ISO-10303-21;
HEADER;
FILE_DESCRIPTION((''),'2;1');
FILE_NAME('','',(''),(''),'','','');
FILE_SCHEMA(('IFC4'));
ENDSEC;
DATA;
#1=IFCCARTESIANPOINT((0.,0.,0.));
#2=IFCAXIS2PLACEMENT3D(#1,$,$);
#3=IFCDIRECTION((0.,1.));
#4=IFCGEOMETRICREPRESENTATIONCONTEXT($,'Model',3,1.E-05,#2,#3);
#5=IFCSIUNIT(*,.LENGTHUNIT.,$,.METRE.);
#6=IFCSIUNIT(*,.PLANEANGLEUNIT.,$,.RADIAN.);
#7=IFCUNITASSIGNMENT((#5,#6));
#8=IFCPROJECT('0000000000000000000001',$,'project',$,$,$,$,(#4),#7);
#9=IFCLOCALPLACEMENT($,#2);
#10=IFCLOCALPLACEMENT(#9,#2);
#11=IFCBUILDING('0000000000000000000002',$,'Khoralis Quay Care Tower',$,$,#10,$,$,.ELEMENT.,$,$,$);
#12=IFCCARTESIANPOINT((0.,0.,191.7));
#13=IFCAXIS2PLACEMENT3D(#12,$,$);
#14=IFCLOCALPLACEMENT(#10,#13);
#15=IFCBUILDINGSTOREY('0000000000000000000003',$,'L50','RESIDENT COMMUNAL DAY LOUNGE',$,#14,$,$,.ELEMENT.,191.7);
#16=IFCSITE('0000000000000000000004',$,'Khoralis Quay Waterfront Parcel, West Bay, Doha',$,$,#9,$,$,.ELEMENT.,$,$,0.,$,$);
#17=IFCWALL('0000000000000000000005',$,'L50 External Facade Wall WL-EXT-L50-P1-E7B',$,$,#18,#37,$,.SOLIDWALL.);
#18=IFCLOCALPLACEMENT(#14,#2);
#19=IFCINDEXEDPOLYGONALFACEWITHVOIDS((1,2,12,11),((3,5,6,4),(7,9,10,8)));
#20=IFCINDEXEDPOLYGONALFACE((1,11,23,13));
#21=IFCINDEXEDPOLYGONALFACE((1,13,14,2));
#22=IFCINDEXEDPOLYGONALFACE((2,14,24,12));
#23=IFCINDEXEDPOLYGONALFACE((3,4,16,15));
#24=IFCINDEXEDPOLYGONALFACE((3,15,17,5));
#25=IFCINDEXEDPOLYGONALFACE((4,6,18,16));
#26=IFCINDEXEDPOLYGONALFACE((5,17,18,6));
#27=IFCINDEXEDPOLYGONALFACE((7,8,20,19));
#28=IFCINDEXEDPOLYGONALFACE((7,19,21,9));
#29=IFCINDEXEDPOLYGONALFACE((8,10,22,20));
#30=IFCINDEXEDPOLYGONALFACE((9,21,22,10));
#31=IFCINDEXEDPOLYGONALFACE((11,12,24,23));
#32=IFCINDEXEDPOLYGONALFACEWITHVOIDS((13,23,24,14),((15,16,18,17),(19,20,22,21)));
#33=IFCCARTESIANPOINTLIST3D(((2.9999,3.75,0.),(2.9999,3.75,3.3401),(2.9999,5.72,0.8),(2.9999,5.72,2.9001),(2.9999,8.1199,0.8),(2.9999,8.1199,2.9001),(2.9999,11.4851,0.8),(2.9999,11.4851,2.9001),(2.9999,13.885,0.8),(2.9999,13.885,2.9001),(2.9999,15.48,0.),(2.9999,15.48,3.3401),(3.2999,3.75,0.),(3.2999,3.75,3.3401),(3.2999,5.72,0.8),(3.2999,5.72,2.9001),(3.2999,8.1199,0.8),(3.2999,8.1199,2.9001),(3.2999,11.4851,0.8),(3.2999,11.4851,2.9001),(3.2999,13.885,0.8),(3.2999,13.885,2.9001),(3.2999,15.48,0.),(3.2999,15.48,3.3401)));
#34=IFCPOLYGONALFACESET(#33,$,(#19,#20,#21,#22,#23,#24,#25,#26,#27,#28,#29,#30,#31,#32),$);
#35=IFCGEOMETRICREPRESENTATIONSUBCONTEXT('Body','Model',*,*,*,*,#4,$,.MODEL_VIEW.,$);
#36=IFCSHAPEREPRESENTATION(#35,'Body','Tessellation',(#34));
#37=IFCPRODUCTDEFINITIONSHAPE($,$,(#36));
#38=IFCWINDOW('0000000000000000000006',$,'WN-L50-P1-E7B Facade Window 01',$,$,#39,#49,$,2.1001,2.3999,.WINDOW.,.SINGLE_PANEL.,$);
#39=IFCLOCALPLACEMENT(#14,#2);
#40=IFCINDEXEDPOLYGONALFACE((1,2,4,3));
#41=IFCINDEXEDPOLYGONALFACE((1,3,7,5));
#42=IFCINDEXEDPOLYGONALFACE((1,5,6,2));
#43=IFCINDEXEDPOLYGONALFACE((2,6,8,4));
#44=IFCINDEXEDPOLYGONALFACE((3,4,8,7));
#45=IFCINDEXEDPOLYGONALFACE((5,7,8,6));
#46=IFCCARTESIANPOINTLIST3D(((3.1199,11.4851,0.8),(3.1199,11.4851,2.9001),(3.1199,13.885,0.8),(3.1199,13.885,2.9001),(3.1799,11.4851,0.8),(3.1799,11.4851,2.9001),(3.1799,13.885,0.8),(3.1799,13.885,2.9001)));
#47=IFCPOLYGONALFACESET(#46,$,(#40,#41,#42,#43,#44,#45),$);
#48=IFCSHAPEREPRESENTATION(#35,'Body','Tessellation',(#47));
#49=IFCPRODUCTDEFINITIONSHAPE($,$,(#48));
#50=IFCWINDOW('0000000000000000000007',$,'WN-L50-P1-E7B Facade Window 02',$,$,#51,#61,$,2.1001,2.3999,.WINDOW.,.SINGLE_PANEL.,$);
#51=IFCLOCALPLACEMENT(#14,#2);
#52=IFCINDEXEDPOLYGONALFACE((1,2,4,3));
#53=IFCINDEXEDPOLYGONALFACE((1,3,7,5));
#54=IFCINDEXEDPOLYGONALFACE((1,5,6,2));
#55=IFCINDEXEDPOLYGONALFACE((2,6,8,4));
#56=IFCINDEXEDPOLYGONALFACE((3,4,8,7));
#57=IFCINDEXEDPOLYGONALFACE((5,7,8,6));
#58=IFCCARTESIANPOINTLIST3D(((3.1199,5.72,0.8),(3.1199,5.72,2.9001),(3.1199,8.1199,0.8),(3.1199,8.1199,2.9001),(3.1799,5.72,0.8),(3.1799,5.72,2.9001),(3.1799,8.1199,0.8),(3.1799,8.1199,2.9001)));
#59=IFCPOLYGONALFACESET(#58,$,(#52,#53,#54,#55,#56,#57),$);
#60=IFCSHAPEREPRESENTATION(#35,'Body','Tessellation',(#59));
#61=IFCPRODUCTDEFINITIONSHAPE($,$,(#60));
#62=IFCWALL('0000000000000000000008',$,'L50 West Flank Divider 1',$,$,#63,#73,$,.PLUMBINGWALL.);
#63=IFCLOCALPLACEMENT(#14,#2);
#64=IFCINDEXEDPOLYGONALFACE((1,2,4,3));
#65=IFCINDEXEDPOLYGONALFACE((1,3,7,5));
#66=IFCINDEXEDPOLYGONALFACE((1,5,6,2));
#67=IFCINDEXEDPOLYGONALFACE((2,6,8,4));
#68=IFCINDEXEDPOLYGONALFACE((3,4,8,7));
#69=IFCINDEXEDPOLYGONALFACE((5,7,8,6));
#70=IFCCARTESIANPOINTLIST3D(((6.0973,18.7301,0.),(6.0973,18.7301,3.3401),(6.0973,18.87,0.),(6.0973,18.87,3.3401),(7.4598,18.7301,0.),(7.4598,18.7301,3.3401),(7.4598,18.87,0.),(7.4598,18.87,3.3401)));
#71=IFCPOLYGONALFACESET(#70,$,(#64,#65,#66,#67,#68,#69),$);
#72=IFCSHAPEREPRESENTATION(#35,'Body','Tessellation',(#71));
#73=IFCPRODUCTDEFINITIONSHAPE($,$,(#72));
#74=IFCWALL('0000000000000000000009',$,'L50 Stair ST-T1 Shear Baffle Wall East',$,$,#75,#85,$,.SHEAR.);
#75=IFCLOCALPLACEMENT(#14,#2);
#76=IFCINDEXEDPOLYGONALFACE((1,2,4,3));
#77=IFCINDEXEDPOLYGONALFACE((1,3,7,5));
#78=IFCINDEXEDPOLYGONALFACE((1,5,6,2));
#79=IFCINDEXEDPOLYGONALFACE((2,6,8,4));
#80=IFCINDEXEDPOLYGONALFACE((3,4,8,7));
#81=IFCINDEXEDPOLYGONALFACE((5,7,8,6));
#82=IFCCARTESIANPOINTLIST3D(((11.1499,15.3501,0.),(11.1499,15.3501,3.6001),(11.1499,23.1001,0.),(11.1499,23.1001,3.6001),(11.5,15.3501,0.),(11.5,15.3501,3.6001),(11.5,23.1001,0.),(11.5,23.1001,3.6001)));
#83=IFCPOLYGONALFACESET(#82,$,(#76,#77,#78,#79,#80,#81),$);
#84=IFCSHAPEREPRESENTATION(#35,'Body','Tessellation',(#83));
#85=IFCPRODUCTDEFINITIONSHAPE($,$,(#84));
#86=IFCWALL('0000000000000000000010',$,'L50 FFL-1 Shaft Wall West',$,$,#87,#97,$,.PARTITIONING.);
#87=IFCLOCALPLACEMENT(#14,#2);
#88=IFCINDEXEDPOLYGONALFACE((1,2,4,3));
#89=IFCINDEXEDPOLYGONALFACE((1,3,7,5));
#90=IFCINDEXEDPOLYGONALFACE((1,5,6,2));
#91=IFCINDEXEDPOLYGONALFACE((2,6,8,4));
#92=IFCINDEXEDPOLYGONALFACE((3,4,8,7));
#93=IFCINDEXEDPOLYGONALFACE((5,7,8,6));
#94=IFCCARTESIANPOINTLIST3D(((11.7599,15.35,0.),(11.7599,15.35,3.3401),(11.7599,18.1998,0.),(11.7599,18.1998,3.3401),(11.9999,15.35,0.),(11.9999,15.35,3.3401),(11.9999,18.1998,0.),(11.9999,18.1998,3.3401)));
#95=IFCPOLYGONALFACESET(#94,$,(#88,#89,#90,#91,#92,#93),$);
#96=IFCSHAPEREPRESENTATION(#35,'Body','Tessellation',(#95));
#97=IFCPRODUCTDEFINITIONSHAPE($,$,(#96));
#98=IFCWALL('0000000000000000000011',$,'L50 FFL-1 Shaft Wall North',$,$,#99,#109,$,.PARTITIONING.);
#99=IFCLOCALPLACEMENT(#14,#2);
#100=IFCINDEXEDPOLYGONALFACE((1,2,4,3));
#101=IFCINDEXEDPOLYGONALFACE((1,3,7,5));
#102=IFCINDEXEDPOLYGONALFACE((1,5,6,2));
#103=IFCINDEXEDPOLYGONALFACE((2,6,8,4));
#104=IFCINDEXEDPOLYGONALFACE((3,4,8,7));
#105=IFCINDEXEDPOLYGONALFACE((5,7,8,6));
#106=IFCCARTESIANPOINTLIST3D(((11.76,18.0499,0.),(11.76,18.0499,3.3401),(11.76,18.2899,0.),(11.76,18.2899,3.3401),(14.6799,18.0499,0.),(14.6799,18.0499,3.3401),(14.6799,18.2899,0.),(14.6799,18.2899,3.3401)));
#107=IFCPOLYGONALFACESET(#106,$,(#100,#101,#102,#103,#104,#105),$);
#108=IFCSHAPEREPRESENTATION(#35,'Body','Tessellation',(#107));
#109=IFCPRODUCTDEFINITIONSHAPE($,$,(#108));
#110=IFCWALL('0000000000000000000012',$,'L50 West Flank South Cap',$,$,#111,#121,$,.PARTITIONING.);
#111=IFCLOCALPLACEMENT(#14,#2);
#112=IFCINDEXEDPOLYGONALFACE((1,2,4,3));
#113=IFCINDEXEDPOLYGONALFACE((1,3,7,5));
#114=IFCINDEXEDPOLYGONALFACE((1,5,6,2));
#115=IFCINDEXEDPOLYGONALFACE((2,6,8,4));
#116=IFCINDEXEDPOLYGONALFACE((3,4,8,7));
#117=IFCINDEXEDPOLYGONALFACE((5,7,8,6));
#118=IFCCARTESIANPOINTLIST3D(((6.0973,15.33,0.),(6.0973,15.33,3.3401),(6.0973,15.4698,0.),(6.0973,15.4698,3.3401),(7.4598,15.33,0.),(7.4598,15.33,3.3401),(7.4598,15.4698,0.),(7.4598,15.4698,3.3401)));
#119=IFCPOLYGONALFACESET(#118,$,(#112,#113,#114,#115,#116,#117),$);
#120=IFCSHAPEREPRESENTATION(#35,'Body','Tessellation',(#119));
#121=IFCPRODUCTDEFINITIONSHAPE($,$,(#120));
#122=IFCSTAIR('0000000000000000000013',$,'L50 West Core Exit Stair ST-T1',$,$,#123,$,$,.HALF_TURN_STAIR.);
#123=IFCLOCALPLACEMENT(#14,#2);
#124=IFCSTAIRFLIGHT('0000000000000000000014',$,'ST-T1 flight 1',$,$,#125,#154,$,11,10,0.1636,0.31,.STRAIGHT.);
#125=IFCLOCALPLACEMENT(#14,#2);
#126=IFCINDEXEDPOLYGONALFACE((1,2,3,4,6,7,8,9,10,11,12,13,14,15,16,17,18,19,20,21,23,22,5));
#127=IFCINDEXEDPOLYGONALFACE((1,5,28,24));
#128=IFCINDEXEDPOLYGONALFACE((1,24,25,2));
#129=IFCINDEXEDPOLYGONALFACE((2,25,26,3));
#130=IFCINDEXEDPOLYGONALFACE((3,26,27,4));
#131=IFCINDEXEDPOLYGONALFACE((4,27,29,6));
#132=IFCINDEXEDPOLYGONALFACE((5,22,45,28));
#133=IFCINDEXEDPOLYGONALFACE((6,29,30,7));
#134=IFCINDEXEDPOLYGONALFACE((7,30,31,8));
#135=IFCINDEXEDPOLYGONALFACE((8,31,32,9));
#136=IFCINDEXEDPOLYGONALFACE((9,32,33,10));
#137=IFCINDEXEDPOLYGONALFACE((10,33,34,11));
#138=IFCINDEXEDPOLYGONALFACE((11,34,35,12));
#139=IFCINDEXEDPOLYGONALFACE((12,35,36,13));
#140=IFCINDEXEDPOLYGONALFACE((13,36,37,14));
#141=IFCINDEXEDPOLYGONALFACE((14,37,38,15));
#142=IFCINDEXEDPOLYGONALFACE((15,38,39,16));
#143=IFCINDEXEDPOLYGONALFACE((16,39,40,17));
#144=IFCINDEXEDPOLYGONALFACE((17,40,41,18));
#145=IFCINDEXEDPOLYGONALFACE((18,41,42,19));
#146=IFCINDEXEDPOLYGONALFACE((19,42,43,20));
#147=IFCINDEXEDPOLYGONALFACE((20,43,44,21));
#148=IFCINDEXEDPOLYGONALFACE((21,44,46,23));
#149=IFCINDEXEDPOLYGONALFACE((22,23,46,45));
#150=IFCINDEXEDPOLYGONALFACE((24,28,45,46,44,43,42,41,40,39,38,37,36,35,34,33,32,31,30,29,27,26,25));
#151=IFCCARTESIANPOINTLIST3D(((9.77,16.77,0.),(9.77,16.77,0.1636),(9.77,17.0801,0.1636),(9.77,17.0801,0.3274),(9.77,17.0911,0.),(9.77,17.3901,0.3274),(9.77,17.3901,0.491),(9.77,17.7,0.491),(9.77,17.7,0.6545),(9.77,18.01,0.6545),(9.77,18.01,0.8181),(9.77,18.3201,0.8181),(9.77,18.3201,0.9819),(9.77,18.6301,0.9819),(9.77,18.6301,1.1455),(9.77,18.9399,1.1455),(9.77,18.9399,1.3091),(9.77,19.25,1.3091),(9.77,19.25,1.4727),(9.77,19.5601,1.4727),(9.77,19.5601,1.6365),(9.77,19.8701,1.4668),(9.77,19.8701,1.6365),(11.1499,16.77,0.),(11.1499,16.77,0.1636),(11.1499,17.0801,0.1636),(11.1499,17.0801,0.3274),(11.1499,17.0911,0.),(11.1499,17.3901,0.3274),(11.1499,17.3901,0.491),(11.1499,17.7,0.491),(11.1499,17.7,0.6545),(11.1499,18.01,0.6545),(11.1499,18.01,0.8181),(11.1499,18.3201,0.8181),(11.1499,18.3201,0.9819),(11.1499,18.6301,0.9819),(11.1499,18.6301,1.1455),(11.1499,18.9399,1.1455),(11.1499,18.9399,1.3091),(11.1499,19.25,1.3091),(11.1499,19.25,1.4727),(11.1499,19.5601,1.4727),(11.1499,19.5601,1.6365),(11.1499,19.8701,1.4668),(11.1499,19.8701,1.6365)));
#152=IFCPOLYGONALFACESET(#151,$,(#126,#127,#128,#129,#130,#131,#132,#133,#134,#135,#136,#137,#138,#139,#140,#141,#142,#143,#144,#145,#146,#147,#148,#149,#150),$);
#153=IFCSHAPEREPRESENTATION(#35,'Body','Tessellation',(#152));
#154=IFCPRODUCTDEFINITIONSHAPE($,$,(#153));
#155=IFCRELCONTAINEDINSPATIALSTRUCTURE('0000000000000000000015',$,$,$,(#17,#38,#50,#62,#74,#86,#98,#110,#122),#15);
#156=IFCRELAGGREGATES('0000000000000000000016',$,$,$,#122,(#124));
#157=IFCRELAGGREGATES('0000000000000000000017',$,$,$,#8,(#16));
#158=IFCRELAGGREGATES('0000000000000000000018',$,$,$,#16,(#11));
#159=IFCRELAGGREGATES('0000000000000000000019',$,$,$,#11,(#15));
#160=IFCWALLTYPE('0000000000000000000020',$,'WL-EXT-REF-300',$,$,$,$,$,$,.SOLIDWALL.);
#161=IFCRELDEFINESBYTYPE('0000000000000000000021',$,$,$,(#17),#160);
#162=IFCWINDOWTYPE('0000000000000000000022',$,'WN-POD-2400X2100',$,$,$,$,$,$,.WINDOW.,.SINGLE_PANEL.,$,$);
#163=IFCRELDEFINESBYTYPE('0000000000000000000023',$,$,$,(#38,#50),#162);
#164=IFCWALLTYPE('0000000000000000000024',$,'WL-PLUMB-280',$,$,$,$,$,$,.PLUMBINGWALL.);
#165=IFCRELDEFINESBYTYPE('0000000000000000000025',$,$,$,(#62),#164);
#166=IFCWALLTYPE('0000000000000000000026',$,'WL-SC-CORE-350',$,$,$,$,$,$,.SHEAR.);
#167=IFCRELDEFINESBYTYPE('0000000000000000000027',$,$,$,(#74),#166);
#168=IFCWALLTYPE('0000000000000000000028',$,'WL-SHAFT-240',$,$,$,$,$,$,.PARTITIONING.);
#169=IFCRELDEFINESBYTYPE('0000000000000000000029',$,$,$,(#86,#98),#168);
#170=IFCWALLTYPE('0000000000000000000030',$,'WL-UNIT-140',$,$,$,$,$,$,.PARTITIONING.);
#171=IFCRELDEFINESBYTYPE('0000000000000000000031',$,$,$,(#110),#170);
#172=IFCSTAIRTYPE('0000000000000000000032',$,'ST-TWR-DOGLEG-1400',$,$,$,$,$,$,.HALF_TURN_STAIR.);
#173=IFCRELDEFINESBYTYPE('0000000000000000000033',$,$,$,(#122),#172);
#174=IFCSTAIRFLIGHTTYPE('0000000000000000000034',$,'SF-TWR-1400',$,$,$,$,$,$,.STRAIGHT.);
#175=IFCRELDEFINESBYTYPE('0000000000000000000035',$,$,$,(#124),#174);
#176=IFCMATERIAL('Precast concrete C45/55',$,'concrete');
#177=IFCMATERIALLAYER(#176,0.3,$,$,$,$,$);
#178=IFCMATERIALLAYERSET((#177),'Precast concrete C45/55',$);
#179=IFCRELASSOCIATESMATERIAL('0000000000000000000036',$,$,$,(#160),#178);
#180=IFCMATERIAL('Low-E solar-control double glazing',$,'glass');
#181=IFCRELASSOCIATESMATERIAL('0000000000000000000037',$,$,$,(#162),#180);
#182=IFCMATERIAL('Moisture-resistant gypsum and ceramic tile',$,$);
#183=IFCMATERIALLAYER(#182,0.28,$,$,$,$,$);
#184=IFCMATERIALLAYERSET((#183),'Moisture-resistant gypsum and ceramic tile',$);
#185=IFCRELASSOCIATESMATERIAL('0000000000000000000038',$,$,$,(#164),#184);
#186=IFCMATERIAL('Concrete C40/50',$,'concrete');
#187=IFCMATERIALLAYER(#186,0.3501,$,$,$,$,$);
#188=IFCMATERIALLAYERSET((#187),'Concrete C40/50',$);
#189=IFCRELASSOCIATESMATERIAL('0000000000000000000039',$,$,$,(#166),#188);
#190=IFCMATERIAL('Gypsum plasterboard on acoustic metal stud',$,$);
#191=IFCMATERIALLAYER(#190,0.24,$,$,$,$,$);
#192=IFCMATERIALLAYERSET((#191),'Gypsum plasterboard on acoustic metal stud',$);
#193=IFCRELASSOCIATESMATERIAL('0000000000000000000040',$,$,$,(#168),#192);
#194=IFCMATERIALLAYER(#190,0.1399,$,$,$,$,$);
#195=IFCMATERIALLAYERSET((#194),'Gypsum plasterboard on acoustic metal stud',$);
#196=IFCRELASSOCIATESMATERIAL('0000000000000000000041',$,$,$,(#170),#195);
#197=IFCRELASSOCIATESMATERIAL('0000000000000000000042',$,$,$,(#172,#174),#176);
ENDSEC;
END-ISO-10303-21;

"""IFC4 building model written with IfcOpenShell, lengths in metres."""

from ifc_helpers import new_model, si_unit, direction, frame, frame_2d, origin, place, context, subcontext, project, spatial, polyline, rectangle, outline, extrude, source, transform, mapped, material, layer, layer_set, type_object, element, fill, aggregate, save


model = new_model("IFC4")

# Units and contexts
model_context = context("Model", 3, precision=1e-05, world=origin(), true_north=direction((0.0, 1.0)))
body_context = subcontext(model_context, "Body", "Model", "MODEL_VIEW")
ifc_project = project(units=[si_unit("LENGTHUNIT", "METRE"), si_unit("PLANEANGLEUNIT", "RADIAN")], contexts=[model_context])

# Site, building, storey
site_placement = place(None, origin())
site = spatial("IfcSite", under=ifc_project, at=site_placement, Name="Khoralis Quay Waterfront Parcel, West Bay, Doha", CompositionType="ELEMENT", RefElevation=0.0)
building_placement = place(site_placement, origin())
building = spatial("IfcBuilding", under=site, at=building_placement, Name="Khoralis Quay Care Tower", CompositionType="ELEMENT")
storey_placement = place(building_placement, frame((0.0, 0.0, 191.7)))
storey = spatial("IfcBuildingStorey", under=building, at=storey_placement, Name="L50", Description="RESIDENT COMMUNAL DAY LOUNGE", CompositionType="ELEMENT", Elevation=191.7)

# Shared definitions
ifc_material_1 = material(Name="Low-E solar-control double glazing", Category="glass")

# Shared definitions
ifc_material_2 = material(Name="Gypsum plasterboard on acoustic metal stud")

# Wall, openings, windows
ifc_material_3 = material(Name="Precast concrete C45/55", Category="concrete")
ifc_layer_1 = layer(ifc_material_3, 0.3)
ifc_layer_set_1 = layer_set([ifc_layer_1], Name="Precast concrete C45/55")
wall_type_1 = type_object("IfcWallType", Name="WL-EXT-REF-300", PredefinedType="SOLIDWALL", material=ifc_layer_set_1)
wall_1_placement = place(storey_placement, frame((3.1499, 15.48, 0.0), z_axis=(0.0, 0.0, 1.0), x_axis=(0.0, -1.0, 0.0)))
wall_1 = element("IfcWall", 1, at=wall_1_placement, inside=storey, type_object=wall_type_1, Name="L50 External Facade Wall WL-EXT-L50-P1-E7B", PredefinedType="SOLIDWALL", context=body_context, shape_type="SweptSolid", body=[
    extrude(rectangle(XDim=11.73, YDim=0.3, at=frame_2d((5.865, 0.0))), origin(), (0.0, 0.0, 1.0), 3.3401),
])
opening_1_placement = place(wall_1_placement, frame((1.595, 0.0, 0.8)))
opening_1 = element("IfcOpeningElement", 2, at=opening_1_placement, cuts=wall_1, PredefinedType="OPENING", context=body_context, shape_type="SweptSolid", body=[
    extrude(rectangle(XDim=2.3999, YDim=2.1001, at=frame_2d((1.2, 1.05))), frame((0.0, 0.1602, 0.0), z_axis=(0.0, -1.0, 0.0), x_axis=(1.0, 0.0, 0.0)), (0.0, 0.0, 1.0), 0.3201),
])
opening_2_placement = place(wall_1_placement, frame((7.3601, 0.0, 0.8)))
opening_2 = element("IfcOpeningElement", 3, at=opening_2_placement, cuts=wall_1, PredefinedType="OPENING", context=body_context, shape_type="SweptSolid", body=[
    extrude(rectangle(XDim=2.3999, YDim=2.1001, at=frame_2d((1.2, 1.05))), frame((0.0, 0.1602, 0.0), z_axis=(0.0, -1.0, 0.0), x_axis=(1.0, 0.0, 0.0)), (0.0, 0.0, 1.0), 0.3201),
])
window_type = type_object("IfcWindowType", Name="WN-POD-2400X2100", PartitioningType="SINGLE_PANEL", PredefinedType="WINDOW", material=ifc_material_1)
shared_shape_1 = source(origin(), body_context, "Body", "SweptSolid", [
    extrude(rectangle(XDim=2.3999, YDim=2.1001, at=frame_2d((1.2, 1.05))), frame((0.0, 0.03, 0.0), z_axis=(0.0, -1.0, 0.0), x_axis=(1.0, 0.0, 0.0)), (0.0, 0.0, 1.0), 0.0601),
])
window_1_placement = place(opening_1_placement, origin())
window_1 = element("IfcWindow", 4, at=window_1_placement, inside=storey, type_object=window_type, Name="WN-L50-P1-E7B Facade Window 01", OverallHeight=2.1001, OverallWidth=2.3999, PartitioningType="SINGLE_PANEL", PredefinedType="WINDOW", context=body_context, shape_type="MappedRepresentation", body=[
    mapped(shared_shape_1, transform((0.0, 0.0, 0.0), scale=1.0)),
])
fill(opening_1, window_1)
window_2_placement = place(opening_2_placement, origin())
window_2 = element("IfcWindow", 5, at=window_2_placement, inside=storey, type_object=window_type, Name="WN-L50-P1-E7B Facade Window 02", OverallHeight=2.1001, OverallWidth=2.3999, PartitioningType="SINGLE_PANEL", PredefinedType="WINDOW", context=body_context, shape_type="MappedRepresentation", body=[
    mapped(shared_shape_1, transform((0.0, 0.0, 0.0), scale=1.0)),
])
fill(opening_2, window_2)

# Walls
ifc_material_4 = material(Name="Moisture-resistant gypsum and ceramic tile")
ifc_layer_2 = layer(ifc_material_4, 0.28)
ifc_layer_set_2 = layer_set([ifc_layer_2], Name="Moisture-resistant gypsum and ceramic tile")
wall_type_2 = type_object("IfcWallType", Name="WL-PLUMB-280", PredefinedType="PLUMBINGWALL", material=ifc_layer_set_2)
wall_2_placement = place(storey_placement, frame((6.0974, 18.8, 0.0), z_axis=(0.0, 0.0, 1.0), x_axis=(1.0, 0.0, 0.0)))
element("IfcWall", 6, at=wall_2_placement, inside=storey, type_object=wall_type_2, Name="L50 West Flank Divider 1", PredefinedType="PLUMBINGWALL", context=body_context, shape_type="SweptSolid", body=[
    extrude(rectangle(XDim=1.3625, YDim=0.1399, at=frame_2d((0.6812, 0.0))), origin(), (0.0, 0.0, 1.0), 3.3401),
])
ifc_material_5 = material(Name="Concrete C40/50", Category="concrete")
ifc_layer_3 = layer(ifc_material_5, 0.3501)
ifc_layer_set_3 = layer_set([ifc_layer_3], Name="Concrete C40/50")
wall_type_3 = type_object("IfcWallType", Name="WL-SC-CORE-350", PredefinedType="SHEAR", material=ifc_layer_set_3)
wall_3_placement = place(storey_placement, frame((11.325, 15.3501, 0.0), z_axis=(0.0, 0.0, 1.0), x_axis=(0.0, 1.0, 0.0)))
element("IfcWall", 7, at=wall_3_placement, inside=storey, type_object=wall_type_3, Name="L50 Stair ST-T1 Shear Baffle Wall East", PredefinedType="SHEAR", context=body_context, shape_type="SweptSolid", body=[
    extrude(rectangle(XDim=7.75, YDim=0.3501, at=frame_2d((3.875, 0.0))), origin(), (0.0, 0.0, 1.0), 3.6001),
])
ifc_layer_4 = layer(ifc_material_2, 0.24)
ifc_layer_set_4 = layer_set([ifc_layer_4], Name="Gypsum plasterboard on acoustic metal stud")
wall_type_4 = type_object("IfcWallType", Name="WL-SHAFT-240", PredefinedType="PARTITIONING", material=ifc_layer_set_4)
wall_4_placement = place(storey_placement, frame((11.8799, 15.3501, 0.0), z_axis=(0.0, 0.0, 1.0), x_axis=(0.0, 1.0, 0.0)))
element("IfcWall", 8, at=wall_4_placement, inside=storey, type_object=wall_type_4, Name="L50 FFL-1 Shaft Wall West", PredefinedType="PARTITIONING", context=body_context, shape_type="SweptSolid", body=[
    extrude(rectangle(XDim=2.8499, YDim=0.24, at=frame_2d((1.4248, 0.0))), origin(), (0.0, 0.0, 1.0), 3.3401),
])
wall_5_placement = place(storey_placement, frame((11.76, 18.1699, 0.0), z_axis=(0.0, 0.0, 1.0), x_axis=(1.0, 0.0, 0.0)))
element("IfcWall", 9, at=wall_5_placement, inside=storey, type_object=wall_type_4, Name="L50 FFL-1 Shaft Wall North", PredefinedType="PARTITIONING", context=body_context, shape_type="SweptSolid", body=[
    extrude(rectangle(XDim=2.9199, YDim=0.24, at=frame_2d((1.46, 0.0))), origin(), (0.0, 0.0, 1.0), 3.3401),
])
ifc_layer_5 = layer(ifc_material_2, 0.1399)
ifc_layer_set_5 = layer_set([ifc_layer_5], Name="Gypsum plasterboard on acoustic metal stud")
wall_type_5 = type_object("IfcWallType", Name="WL-UNIT-140", PredefinedType="PARTITIONING", material=ifc_layer_set_5)
wall_6_placement = place(storey_placement, frame((6.0974, 15.3999, 0.0), z_axis=(0.0, 0.0, 1.0), x_axis=(1.0, 0.0, 0.0)))
element("IfcWall", 10, at=wall_6_placement, inside=storey, type_object=wall_type_5, Name="L50 West Flank South Cap", PredefinedType="PARTITIONING", context=body_context, shape_type="SweptSolid", body=[
    extrude(rectangle(XDim=1.3625, YDim=0.1399, at=frame_2d((0.6812, 0.0))), origin(), (0.0, 0.0, 1.0), 3.3401),
])

# Stair, stair flight
stair_type = type_object("IfcStairType", Name="ST-TWR-DOGLEG-1400", PredefinedType="HALF_TURN_STAIR", material=ifc_material_3)
stair_placement = place(storey_placement, origin())
stair = element("IfcStair", 11, at=stair_placement, inside=storey, type_object=stair_type, Name="L50 West Core Exit Stair ST-T1", PredefinedType="HALF_TURN_STAIR")
stair_flight_type = type_object("IfcStairFlightType", Name="SF-TWR-1400", PredefinedType="STRAIGHT", material=ifc_material_3)
shared_shape_2 = source(origin(), body_context, "Body", "SweptSolid", [
    extrude(outline(polyline([(0.0, 0.0), (0.0, 0.1636), (0.3101, 0.1636), (0.3101, 0.3274), (0.6201, 0.3274), (0.6201, 0.491), (0.9299, 0.491), (0.9299, 0.6545), (1.24, 0.6545), (1.24, 0.8181), (1.55, 0.8181), (1.55, 0.9819), (1.8601, 0.9819), (1.8601, 1.1455), (2.1699, 1.1455), (2.1699, 1.3091), (2.48, 1.3091), (2.48, 1.4727), (2.79, 1.4727), (2.79, 1.6365), (3.1001, 1.6365), (3.1001, 1.8), (3.1001, 1.4668), (0.321, 0.0), (0.0, 0.0)])), frame((0.0, 0.6899, 0.0), z_axis=(0.0, -1.0, 0.0), x_axis=(1.0, 0.0, 0.0)), (0.0, 0.0, 1.0), 1.3799),
])
stair_flight_placement = place(storey_placement, frame((10.46, 16.77, 0.0), z_axis=(0.0, 0.0, 1.0), x_axis=(0.0, 1.0, 0.0)))
stair_flight = element("IfcStairFlight", 12, at=stair_flight_placement, type_object=stair_flight_type, Name="ST-T1 flight 1", NumberOfRisers=11, NumberOfTreads=10, PredefinedType="STRAIGHT", RiserHeight=0.1636, TreadLength=0.31, context=body_context, shape_type="MappedRepresentation", body=[
    mapped(shared_shape_2, transform((0.0, 0.0, 0.0), scale=1.0)),
])
aggregate(stair, [stair_flight])

save(model, "model.ifc")
